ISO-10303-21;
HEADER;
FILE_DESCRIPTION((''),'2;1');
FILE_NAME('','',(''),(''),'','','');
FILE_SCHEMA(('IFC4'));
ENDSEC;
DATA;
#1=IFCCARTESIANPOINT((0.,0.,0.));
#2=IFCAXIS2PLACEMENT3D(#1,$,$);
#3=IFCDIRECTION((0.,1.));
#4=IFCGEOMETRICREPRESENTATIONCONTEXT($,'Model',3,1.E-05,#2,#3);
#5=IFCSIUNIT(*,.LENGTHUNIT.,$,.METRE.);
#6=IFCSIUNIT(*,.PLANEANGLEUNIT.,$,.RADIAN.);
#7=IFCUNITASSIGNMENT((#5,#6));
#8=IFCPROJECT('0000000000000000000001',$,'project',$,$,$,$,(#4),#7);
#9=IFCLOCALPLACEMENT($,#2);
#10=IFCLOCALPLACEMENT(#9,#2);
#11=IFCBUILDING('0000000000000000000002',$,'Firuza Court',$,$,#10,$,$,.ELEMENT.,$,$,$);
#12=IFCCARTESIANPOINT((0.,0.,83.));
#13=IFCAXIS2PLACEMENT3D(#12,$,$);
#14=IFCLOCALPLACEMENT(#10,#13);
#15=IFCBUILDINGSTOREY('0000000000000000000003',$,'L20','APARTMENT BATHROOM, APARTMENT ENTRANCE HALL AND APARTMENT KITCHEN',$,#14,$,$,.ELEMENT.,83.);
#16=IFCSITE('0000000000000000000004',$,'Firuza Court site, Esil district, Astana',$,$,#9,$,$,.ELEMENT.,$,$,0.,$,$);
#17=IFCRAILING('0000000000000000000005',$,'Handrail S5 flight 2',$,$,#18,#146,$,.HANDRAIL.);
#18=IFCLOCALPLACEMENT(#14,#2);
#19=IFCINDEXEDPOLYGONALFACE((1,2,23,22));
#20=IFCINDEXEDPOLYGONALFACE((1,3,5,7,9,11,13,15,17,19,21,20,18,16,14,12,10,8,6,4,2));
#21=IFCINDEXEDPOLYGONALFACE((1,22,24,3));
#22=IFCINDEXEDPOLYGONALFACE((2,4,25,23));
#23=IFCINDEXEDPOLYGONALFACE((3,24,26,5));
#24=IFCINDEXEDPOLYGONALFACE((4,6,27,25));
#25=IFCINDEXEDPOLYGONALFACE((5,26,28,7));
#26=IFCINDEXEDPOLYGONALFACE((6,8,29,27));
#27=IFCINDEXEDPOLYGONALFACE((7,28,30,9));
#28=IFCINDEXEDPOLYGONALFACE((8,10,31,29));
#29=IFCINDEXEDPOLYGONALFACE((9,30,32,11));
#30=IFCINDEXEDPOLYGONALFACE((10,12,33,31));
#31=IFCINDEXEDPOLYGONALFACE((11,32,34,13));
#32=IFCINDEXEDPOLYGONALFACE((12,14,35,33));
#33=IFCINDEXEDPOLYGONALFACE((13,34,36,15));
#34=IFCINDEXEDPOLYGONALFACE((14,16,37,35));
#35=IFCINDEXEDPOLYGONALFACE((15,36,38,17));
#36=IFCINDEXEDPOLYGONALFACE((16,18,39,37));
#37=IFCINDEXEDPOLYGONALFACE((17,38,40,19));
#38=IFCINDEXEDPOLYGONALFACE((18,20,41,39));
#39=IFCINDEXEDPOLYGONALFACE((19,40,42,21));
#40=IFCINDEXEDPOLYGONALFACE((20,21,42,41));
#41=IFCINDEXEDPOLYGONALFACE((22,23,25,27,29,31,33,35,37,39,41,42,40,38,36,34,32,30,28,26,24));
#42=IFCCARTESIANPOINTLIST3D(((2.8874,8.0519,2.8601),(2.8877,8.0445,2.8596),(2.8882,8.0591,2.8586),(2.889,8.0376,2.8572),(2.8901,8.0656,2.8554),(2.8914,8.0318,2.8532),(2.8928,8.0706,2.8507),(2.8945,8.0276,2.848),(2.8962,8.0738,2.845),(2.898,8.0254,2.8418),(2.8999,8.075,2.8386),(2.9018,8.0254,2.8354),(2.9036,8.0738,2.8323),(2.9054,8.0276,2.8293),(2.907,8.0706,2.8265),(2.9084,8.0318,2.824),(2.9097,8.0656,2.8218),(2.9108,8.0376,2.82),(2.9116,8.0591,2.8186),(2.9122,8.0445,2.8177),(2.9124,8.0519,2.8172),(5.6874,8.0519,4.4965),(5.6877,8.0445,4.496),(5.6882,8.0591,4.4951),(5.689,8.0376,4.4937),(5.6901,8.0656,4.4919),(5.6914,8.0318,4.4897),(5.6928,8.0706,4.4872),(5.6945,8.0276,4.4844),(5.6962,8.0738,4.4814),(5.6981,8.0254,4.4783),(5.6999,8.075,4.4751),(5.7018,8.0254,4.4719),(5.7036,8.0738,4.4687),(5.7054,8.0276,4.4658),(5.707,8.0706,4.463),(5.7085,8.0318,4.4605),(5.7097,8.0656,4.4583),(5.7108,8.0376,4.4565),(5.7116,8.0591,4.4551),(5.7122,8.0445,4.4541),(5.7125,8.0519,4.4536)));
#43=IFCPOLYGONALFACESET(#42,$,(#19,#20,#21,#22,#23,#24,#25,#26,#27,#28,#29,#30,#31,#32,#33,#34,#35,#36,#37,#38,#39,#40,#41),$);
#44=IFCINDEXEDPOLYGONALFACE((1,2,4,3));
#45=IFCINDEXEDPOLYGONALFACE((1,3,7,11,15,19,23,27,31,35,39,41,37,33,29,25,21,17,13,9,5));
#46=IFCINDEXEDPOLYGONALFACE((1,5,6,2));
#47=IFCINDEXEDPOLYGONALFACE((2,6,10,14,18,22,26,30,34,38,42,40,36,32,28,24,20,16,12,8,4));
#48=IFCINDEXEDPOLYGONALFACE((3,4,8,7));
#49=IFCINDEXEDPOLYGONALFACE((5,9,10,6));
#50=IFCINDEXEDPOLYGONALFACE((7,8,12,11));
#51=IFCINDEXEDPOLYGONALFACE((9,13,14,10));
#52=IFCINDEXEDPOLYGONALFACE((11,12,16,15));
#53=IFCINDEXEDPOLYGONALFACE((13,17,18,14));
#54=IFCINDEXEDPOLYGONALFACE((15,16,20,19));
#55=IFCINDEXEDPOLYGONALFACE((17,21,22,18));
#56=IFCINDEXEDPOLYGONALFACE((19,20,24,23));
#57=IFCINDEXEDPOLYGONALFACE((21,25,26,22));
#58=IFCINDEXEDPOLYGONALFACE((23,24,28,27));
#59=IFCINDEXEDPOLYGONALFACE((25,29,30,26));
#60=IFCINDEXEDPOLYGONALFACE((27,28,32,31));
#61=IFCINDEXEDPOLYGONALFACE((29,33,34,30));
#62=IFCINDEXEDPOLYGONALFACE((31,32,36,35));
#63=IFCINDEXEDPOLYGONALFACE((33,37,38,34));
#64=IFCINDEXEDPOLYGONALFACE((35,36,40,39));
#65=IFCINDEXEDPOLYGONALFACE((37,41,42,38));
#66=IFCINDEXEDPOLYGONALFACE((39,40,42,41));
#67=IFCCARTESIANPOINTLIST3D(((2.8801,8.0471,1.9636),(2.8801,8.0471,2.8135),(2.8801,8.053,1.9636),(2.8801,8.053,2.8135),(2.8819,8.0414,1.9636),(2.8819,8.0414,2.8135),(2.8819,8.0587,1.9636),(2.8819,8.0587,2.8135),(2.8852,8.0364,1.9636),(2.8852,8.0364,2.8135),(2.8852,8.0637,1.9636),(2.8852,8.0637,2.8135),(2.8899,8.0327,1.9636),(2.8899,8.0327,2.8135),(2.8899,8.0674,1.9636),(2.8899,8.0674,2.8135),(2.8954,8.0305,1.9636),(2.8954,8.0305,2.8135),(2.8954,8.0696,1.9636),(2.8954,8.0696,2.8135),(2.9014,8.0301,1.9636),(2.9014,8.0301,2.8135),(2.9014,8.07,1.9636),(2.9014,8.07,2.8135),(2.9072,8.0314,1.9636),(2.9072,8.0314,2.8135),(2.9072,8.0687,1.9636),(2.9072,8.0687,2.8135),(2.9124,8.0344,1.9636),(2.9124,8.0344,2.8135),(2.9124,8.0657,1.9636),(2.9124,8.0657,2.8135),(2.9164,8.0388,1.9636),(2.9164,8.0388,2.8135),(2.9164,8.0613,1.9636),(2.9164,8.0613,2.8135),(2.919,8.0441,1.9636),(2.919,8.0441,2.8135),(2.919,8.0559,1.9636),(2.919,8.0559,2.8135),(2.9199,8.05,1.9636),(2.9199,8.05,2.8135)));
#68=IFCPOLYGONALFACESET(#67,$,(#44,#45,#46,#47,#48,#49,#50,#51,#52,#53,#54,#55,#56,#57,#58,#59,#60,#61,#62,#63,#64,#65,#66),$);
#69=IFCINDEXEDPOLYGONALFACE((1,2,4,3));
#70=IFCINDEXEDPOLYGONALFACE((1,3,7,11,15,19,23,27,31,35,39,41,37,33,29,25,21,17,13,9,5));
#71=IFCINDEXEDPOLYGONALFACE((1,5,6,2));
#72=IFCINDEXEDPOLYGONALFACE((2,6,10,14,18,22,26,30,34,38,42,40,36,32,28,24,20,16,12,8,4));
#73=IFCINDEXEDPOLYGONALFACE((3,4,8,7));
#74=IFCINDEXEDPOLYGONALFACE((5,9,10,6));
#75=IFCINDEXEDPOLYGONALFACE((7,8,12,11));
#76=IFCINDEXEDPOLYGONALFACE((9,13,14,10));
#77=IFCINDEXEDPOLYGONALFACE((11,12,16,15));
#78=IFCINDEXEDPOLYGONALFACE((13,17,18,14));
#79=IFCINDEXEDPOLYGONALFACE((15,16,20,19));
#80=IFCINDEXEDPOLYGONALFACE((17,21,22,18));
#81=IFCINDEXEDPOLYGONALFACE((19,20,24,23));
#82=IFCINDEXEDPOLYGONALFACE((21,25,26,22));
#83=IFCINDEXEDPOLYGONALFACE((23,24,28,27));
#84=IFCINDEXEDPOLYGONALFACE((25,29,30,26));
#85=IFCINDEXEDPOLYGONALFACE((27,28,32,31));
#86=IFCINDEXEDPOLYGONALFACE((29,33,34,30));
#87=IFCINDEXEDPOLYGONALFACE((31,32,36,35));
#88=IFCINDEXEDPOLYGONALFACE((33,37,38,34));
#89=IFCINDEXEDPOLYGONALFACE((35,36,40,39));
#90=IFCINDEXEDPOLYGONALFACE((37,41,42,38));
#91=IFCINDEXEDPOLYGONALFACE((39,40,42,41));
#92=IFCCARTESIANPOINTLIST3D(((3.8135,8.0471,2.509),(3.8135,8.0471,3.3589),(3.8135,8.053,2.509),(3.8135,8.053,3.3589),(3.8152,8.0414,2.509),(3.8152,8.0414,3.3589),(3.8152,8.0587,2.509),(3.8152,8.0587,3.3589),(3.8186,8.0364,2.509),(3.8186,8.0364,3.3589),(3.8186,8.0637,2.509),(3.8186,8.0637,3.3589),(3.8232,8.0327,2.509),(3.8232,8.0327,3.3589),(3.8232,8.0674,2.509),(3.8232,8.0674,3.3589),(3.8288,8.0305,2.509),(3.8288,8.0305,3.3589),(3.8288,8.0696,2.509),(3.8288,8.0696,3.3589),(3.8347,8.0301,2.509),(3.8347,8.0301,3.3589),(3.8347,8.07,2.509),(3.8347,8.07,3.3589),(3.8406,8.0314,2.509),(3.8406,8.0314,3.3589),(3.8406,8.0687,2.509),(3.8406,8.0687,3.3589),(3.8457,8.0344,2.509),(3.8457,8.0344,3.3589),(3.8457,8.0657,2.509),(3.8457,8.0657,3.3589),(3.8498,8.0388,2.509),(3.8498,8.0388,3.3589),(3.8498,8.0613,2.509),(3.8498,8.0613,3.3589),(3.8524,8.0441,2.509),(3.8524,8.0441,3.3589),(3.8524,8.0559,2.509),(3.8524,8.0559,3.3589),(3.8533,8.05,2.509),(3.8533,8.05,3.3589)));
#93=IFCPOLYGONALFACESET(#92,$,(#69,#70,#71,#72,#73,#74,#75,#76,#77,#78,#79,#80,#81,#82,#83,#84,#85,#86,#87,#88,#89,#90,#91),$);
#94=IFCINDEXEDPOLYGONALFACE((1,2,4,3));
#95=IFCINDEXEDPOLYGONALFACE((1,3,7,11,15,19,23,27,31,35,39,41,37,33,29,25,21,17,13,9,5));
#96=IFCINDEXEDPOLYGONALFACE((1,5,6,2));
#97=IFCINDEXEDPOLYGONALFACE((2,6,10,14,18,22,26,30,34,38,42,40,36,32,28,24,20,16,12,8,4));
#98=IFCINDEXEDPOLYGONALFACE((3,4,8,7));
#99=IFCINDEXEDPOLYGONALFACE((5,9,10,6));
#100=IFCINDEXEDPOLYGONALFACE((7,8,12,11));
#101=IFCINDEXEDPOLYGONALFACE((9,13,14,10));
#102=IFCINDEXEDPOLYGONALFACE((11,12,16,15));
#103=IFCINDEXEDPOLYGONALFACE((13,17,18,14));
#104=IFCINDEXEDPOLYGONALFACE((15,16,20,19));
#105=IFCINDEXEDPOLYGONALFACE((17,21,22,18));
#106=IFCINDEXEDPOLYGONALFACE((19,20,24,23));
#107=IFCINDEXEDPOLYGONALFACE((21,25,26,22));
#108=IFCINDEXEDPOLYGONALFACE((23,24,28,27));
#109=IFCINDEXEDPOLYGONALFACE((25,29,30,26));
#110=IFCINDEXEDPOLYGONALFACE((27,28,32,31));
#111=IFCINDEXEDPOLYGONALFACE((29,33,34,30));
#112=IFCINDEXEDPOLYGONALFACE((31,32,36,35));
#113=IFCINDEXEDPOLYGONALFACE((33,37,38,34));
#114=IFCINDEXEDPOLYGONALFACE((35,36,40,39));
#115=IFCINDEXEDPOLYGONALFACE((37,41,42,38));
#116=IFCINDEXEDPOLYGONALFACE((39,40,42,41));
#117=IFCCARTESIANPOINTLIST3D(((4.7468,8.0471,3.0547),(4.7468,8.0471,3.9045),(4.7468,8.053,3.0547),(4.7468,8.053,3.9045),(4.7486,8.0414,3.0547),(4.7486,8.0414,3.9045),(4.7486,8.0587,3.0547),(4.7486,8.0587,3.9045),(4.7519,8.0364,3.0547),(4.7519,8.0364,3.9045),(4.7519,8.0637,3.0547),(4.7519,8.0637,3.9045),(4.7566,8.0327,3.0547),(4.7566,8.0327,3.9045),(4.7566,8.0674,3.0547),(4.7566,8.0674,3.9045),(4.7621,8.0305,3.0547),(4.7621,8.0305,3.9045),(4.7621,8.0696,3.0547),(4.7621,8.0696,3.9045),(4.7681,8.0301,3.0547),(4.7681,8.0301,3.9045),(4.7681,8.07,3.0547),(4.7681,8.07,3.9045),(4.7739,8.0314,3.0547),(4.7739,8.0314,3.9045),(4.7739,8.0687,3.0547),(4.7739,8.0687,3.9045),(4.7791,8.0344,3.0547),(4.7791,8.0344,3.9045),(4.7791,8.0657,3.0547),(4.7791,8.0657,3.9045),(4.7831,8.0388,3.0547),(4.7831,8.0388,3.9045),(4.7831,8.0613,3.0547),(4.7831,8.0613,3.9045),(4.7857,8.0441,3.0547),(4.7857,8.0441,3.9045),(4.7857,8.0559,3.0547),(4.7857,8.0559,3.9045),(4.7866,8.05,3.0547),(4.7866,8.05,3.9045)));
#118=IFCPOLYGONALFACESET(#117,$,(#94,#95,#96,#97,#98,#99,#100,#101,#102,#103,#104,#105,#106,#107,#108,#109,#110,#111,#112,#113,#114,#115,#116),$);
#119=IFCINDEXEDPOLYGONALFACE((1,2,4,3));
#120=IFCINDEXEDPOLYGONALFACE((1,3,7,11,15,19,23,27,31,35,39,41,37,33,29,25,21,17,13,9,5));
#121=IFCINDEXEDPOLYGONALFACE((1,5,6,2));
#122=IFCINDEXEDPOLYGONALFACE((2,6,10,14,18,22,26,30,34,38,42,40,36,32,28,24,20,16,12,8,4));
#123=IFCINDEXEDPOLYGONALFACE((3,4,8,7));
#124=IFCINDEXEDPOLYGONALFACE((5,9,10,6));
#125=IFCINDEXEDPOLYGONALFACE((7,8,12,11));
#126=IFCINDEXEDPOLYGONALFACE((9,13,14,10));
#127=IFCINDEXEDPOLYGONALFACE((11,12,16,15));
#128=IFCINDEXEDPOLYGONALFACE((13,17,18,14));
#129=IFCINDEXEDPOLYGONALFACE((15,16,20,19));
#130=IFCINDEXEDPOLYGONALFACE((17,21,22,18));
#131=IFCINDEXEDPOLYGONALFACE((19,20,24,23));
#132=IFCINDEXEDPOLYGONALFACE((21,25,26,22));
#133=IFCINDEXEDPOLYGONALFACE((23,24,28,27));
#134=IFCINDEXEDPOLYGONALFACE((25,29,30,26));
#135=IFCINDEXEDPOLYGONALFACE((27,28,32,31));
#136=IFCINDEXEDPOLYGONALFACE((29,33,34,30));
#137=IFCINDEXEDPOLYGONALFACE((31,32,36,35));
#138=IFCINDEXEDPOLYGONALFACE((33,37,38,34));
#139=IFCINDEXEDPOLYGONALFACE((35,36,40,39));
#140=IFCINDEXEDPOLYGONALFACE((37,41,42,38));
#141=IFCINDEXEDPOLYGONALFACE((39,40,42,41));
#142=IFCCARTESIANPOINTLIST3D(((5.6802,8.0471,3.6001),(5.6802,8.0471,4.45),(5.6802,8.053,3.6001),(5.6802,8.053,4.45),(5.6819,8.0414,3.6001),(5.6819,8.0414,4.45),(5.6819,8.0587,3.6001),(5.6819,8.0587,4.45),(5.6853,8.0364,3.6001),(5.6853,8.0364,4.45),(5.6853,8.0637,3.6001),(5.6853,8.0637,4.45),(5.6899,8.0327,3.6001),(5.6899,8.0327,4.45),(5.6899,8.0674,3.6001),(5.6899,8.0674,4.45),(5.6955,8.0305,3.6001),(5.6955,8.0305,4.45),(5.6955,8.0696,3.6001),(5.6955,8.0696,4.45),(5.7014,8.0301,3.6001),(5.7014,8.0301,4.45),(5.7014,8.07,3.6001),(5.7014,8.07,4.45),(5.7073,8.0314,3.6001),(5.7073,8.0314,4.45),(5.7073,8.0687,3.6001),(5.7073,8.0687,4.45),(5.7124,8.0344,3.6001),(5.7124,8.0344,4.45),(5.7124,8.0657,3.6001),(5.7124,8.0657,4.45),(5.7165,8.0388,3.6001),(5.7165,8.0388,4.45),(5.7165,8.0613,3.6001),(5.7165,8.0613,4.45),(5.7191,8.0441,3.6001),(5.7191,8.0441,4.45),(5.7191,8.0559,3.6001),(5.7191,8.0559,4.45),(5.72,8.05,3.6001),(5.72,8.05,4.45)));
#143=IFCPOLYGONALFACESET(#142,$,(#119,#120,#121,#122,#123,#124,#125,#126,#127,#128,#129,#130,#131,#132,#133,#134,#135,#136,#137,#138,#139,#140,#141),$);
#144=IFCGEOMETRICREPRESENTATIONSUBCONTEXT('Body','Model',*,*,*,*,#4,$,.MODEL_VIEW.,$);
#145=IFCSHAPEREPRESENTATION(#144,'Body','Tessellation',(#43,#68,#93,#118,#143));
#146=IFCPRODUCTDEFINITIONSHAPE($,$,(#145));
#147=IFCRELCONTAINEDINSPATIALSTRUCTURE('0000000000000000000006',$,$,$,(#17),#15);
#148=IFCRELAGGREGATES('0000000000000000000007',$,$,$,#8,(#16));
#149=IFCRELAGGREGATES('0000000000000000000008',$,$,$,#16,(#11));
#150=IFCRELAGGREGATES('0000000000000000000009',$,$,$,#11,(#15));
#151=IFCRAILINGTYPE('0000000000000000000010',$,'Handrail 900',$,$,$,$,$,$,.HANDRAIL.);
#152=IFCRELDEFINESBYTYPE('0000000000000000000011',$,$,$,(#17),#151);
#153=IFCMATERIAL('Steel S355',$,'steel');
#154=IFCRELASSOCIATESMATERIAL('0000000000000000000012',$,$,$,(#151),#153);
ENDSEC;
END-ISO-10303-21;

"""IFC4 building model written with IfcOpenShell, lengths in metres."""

from ifc_helpers import new_model, si_unit, direction, frame, origin, origin_2d, place, context, subcontext, project, spatial, circle, extrude, material, type_object, element, save


model = new_model("IFC4")

# Units and contexts
model_context = context("Model", 3, precision=1e-05, world=origin(), true_north=direction((0.0, 1.0)))
body_context = subcontext(model_context, "Body", "Model", "MODEL_VIEW")
ifc_project = project(units=[si_unit("LENGTHUNIT", "METRE"), si_unit("PLANEANGLEUNIT", "RADIAN")], contexts=[model_context])

# Site, building, storey
site_placement = place(None, origin())
site = spatial("IfcSite", under=ifc_project, at=site_placement, Name="Firuza Court site, Esil district, Astana", CompositionType="ELEMENT", RefElevation=0.0)
building_placement = place(site_placement, origin())
building = spatial("IfcBuilding", under=site, at=building_placement, Name="Firuza Court", CompositionType="ELEMENT")
storey_placement = place(building_placement, frame((0.0, 0.0, 83.0)))
storey = spatial("IfcBuildingStorey", under=building, at=storey_placement, Name="L20", Description="APARTMENT BATHROOM, APARTMENT ENTRANCE HALL AND APARTMENT KITCHEN", CompositionType="ELEMENT", Elevation=83.0)

# Railing
ifc_material_1 = material(Name="Steel S355", Category="steel")
railing_type_1 = type_object("IfcRailingType", Name="Handrail 900", PredefinedType="HANDRAIL", material=ifc_material_1)
railing_1_placement = place(storey_placement, frame((2.8999, 8.05, 1.9636)))
element("IfcRailing", 1, at=railing_1_placement, inside=storey, type_object=railing_type_1, Name="Handrail S5 flight 2", PredefinedType="HANDRAIL", context=body_context, shape_type="SweptSolid", body=[
    extrude(circle(Radius=0.0249, at=origin_2d()), frame((0.0, 0.0, 0.875), z_axis=(0.863361, 0.0, 0.504587), x_axis=(0.0, 1.0, 0.0)), (0.0, 0.0, 1.0), 3.2432),
    extrude(circle(Radius=0.02, at=origin_2d()), origin(), (0.0, 0.0, 1.0), 0.8499),
    extrude(circle(Radius=0.02, at=origin_2d()), frame((0.9333, 0.0, 0.5454)), (0.0, 0.0, 1.0), 0.8499),
    extrude(circle(Radius=0.02, at=origin_2d()), frame((1.8667, 0.0, 1.0911)), (0.0, 0.0, 1.0), 0.8499),
    extrude(circle(Radius=0.02, at=origin_2d()), frame((2.8, 0.0, 1.6365)), (0.0, 0.0, 1.0), 0.8499),
])

save(model, "model.ifc")
